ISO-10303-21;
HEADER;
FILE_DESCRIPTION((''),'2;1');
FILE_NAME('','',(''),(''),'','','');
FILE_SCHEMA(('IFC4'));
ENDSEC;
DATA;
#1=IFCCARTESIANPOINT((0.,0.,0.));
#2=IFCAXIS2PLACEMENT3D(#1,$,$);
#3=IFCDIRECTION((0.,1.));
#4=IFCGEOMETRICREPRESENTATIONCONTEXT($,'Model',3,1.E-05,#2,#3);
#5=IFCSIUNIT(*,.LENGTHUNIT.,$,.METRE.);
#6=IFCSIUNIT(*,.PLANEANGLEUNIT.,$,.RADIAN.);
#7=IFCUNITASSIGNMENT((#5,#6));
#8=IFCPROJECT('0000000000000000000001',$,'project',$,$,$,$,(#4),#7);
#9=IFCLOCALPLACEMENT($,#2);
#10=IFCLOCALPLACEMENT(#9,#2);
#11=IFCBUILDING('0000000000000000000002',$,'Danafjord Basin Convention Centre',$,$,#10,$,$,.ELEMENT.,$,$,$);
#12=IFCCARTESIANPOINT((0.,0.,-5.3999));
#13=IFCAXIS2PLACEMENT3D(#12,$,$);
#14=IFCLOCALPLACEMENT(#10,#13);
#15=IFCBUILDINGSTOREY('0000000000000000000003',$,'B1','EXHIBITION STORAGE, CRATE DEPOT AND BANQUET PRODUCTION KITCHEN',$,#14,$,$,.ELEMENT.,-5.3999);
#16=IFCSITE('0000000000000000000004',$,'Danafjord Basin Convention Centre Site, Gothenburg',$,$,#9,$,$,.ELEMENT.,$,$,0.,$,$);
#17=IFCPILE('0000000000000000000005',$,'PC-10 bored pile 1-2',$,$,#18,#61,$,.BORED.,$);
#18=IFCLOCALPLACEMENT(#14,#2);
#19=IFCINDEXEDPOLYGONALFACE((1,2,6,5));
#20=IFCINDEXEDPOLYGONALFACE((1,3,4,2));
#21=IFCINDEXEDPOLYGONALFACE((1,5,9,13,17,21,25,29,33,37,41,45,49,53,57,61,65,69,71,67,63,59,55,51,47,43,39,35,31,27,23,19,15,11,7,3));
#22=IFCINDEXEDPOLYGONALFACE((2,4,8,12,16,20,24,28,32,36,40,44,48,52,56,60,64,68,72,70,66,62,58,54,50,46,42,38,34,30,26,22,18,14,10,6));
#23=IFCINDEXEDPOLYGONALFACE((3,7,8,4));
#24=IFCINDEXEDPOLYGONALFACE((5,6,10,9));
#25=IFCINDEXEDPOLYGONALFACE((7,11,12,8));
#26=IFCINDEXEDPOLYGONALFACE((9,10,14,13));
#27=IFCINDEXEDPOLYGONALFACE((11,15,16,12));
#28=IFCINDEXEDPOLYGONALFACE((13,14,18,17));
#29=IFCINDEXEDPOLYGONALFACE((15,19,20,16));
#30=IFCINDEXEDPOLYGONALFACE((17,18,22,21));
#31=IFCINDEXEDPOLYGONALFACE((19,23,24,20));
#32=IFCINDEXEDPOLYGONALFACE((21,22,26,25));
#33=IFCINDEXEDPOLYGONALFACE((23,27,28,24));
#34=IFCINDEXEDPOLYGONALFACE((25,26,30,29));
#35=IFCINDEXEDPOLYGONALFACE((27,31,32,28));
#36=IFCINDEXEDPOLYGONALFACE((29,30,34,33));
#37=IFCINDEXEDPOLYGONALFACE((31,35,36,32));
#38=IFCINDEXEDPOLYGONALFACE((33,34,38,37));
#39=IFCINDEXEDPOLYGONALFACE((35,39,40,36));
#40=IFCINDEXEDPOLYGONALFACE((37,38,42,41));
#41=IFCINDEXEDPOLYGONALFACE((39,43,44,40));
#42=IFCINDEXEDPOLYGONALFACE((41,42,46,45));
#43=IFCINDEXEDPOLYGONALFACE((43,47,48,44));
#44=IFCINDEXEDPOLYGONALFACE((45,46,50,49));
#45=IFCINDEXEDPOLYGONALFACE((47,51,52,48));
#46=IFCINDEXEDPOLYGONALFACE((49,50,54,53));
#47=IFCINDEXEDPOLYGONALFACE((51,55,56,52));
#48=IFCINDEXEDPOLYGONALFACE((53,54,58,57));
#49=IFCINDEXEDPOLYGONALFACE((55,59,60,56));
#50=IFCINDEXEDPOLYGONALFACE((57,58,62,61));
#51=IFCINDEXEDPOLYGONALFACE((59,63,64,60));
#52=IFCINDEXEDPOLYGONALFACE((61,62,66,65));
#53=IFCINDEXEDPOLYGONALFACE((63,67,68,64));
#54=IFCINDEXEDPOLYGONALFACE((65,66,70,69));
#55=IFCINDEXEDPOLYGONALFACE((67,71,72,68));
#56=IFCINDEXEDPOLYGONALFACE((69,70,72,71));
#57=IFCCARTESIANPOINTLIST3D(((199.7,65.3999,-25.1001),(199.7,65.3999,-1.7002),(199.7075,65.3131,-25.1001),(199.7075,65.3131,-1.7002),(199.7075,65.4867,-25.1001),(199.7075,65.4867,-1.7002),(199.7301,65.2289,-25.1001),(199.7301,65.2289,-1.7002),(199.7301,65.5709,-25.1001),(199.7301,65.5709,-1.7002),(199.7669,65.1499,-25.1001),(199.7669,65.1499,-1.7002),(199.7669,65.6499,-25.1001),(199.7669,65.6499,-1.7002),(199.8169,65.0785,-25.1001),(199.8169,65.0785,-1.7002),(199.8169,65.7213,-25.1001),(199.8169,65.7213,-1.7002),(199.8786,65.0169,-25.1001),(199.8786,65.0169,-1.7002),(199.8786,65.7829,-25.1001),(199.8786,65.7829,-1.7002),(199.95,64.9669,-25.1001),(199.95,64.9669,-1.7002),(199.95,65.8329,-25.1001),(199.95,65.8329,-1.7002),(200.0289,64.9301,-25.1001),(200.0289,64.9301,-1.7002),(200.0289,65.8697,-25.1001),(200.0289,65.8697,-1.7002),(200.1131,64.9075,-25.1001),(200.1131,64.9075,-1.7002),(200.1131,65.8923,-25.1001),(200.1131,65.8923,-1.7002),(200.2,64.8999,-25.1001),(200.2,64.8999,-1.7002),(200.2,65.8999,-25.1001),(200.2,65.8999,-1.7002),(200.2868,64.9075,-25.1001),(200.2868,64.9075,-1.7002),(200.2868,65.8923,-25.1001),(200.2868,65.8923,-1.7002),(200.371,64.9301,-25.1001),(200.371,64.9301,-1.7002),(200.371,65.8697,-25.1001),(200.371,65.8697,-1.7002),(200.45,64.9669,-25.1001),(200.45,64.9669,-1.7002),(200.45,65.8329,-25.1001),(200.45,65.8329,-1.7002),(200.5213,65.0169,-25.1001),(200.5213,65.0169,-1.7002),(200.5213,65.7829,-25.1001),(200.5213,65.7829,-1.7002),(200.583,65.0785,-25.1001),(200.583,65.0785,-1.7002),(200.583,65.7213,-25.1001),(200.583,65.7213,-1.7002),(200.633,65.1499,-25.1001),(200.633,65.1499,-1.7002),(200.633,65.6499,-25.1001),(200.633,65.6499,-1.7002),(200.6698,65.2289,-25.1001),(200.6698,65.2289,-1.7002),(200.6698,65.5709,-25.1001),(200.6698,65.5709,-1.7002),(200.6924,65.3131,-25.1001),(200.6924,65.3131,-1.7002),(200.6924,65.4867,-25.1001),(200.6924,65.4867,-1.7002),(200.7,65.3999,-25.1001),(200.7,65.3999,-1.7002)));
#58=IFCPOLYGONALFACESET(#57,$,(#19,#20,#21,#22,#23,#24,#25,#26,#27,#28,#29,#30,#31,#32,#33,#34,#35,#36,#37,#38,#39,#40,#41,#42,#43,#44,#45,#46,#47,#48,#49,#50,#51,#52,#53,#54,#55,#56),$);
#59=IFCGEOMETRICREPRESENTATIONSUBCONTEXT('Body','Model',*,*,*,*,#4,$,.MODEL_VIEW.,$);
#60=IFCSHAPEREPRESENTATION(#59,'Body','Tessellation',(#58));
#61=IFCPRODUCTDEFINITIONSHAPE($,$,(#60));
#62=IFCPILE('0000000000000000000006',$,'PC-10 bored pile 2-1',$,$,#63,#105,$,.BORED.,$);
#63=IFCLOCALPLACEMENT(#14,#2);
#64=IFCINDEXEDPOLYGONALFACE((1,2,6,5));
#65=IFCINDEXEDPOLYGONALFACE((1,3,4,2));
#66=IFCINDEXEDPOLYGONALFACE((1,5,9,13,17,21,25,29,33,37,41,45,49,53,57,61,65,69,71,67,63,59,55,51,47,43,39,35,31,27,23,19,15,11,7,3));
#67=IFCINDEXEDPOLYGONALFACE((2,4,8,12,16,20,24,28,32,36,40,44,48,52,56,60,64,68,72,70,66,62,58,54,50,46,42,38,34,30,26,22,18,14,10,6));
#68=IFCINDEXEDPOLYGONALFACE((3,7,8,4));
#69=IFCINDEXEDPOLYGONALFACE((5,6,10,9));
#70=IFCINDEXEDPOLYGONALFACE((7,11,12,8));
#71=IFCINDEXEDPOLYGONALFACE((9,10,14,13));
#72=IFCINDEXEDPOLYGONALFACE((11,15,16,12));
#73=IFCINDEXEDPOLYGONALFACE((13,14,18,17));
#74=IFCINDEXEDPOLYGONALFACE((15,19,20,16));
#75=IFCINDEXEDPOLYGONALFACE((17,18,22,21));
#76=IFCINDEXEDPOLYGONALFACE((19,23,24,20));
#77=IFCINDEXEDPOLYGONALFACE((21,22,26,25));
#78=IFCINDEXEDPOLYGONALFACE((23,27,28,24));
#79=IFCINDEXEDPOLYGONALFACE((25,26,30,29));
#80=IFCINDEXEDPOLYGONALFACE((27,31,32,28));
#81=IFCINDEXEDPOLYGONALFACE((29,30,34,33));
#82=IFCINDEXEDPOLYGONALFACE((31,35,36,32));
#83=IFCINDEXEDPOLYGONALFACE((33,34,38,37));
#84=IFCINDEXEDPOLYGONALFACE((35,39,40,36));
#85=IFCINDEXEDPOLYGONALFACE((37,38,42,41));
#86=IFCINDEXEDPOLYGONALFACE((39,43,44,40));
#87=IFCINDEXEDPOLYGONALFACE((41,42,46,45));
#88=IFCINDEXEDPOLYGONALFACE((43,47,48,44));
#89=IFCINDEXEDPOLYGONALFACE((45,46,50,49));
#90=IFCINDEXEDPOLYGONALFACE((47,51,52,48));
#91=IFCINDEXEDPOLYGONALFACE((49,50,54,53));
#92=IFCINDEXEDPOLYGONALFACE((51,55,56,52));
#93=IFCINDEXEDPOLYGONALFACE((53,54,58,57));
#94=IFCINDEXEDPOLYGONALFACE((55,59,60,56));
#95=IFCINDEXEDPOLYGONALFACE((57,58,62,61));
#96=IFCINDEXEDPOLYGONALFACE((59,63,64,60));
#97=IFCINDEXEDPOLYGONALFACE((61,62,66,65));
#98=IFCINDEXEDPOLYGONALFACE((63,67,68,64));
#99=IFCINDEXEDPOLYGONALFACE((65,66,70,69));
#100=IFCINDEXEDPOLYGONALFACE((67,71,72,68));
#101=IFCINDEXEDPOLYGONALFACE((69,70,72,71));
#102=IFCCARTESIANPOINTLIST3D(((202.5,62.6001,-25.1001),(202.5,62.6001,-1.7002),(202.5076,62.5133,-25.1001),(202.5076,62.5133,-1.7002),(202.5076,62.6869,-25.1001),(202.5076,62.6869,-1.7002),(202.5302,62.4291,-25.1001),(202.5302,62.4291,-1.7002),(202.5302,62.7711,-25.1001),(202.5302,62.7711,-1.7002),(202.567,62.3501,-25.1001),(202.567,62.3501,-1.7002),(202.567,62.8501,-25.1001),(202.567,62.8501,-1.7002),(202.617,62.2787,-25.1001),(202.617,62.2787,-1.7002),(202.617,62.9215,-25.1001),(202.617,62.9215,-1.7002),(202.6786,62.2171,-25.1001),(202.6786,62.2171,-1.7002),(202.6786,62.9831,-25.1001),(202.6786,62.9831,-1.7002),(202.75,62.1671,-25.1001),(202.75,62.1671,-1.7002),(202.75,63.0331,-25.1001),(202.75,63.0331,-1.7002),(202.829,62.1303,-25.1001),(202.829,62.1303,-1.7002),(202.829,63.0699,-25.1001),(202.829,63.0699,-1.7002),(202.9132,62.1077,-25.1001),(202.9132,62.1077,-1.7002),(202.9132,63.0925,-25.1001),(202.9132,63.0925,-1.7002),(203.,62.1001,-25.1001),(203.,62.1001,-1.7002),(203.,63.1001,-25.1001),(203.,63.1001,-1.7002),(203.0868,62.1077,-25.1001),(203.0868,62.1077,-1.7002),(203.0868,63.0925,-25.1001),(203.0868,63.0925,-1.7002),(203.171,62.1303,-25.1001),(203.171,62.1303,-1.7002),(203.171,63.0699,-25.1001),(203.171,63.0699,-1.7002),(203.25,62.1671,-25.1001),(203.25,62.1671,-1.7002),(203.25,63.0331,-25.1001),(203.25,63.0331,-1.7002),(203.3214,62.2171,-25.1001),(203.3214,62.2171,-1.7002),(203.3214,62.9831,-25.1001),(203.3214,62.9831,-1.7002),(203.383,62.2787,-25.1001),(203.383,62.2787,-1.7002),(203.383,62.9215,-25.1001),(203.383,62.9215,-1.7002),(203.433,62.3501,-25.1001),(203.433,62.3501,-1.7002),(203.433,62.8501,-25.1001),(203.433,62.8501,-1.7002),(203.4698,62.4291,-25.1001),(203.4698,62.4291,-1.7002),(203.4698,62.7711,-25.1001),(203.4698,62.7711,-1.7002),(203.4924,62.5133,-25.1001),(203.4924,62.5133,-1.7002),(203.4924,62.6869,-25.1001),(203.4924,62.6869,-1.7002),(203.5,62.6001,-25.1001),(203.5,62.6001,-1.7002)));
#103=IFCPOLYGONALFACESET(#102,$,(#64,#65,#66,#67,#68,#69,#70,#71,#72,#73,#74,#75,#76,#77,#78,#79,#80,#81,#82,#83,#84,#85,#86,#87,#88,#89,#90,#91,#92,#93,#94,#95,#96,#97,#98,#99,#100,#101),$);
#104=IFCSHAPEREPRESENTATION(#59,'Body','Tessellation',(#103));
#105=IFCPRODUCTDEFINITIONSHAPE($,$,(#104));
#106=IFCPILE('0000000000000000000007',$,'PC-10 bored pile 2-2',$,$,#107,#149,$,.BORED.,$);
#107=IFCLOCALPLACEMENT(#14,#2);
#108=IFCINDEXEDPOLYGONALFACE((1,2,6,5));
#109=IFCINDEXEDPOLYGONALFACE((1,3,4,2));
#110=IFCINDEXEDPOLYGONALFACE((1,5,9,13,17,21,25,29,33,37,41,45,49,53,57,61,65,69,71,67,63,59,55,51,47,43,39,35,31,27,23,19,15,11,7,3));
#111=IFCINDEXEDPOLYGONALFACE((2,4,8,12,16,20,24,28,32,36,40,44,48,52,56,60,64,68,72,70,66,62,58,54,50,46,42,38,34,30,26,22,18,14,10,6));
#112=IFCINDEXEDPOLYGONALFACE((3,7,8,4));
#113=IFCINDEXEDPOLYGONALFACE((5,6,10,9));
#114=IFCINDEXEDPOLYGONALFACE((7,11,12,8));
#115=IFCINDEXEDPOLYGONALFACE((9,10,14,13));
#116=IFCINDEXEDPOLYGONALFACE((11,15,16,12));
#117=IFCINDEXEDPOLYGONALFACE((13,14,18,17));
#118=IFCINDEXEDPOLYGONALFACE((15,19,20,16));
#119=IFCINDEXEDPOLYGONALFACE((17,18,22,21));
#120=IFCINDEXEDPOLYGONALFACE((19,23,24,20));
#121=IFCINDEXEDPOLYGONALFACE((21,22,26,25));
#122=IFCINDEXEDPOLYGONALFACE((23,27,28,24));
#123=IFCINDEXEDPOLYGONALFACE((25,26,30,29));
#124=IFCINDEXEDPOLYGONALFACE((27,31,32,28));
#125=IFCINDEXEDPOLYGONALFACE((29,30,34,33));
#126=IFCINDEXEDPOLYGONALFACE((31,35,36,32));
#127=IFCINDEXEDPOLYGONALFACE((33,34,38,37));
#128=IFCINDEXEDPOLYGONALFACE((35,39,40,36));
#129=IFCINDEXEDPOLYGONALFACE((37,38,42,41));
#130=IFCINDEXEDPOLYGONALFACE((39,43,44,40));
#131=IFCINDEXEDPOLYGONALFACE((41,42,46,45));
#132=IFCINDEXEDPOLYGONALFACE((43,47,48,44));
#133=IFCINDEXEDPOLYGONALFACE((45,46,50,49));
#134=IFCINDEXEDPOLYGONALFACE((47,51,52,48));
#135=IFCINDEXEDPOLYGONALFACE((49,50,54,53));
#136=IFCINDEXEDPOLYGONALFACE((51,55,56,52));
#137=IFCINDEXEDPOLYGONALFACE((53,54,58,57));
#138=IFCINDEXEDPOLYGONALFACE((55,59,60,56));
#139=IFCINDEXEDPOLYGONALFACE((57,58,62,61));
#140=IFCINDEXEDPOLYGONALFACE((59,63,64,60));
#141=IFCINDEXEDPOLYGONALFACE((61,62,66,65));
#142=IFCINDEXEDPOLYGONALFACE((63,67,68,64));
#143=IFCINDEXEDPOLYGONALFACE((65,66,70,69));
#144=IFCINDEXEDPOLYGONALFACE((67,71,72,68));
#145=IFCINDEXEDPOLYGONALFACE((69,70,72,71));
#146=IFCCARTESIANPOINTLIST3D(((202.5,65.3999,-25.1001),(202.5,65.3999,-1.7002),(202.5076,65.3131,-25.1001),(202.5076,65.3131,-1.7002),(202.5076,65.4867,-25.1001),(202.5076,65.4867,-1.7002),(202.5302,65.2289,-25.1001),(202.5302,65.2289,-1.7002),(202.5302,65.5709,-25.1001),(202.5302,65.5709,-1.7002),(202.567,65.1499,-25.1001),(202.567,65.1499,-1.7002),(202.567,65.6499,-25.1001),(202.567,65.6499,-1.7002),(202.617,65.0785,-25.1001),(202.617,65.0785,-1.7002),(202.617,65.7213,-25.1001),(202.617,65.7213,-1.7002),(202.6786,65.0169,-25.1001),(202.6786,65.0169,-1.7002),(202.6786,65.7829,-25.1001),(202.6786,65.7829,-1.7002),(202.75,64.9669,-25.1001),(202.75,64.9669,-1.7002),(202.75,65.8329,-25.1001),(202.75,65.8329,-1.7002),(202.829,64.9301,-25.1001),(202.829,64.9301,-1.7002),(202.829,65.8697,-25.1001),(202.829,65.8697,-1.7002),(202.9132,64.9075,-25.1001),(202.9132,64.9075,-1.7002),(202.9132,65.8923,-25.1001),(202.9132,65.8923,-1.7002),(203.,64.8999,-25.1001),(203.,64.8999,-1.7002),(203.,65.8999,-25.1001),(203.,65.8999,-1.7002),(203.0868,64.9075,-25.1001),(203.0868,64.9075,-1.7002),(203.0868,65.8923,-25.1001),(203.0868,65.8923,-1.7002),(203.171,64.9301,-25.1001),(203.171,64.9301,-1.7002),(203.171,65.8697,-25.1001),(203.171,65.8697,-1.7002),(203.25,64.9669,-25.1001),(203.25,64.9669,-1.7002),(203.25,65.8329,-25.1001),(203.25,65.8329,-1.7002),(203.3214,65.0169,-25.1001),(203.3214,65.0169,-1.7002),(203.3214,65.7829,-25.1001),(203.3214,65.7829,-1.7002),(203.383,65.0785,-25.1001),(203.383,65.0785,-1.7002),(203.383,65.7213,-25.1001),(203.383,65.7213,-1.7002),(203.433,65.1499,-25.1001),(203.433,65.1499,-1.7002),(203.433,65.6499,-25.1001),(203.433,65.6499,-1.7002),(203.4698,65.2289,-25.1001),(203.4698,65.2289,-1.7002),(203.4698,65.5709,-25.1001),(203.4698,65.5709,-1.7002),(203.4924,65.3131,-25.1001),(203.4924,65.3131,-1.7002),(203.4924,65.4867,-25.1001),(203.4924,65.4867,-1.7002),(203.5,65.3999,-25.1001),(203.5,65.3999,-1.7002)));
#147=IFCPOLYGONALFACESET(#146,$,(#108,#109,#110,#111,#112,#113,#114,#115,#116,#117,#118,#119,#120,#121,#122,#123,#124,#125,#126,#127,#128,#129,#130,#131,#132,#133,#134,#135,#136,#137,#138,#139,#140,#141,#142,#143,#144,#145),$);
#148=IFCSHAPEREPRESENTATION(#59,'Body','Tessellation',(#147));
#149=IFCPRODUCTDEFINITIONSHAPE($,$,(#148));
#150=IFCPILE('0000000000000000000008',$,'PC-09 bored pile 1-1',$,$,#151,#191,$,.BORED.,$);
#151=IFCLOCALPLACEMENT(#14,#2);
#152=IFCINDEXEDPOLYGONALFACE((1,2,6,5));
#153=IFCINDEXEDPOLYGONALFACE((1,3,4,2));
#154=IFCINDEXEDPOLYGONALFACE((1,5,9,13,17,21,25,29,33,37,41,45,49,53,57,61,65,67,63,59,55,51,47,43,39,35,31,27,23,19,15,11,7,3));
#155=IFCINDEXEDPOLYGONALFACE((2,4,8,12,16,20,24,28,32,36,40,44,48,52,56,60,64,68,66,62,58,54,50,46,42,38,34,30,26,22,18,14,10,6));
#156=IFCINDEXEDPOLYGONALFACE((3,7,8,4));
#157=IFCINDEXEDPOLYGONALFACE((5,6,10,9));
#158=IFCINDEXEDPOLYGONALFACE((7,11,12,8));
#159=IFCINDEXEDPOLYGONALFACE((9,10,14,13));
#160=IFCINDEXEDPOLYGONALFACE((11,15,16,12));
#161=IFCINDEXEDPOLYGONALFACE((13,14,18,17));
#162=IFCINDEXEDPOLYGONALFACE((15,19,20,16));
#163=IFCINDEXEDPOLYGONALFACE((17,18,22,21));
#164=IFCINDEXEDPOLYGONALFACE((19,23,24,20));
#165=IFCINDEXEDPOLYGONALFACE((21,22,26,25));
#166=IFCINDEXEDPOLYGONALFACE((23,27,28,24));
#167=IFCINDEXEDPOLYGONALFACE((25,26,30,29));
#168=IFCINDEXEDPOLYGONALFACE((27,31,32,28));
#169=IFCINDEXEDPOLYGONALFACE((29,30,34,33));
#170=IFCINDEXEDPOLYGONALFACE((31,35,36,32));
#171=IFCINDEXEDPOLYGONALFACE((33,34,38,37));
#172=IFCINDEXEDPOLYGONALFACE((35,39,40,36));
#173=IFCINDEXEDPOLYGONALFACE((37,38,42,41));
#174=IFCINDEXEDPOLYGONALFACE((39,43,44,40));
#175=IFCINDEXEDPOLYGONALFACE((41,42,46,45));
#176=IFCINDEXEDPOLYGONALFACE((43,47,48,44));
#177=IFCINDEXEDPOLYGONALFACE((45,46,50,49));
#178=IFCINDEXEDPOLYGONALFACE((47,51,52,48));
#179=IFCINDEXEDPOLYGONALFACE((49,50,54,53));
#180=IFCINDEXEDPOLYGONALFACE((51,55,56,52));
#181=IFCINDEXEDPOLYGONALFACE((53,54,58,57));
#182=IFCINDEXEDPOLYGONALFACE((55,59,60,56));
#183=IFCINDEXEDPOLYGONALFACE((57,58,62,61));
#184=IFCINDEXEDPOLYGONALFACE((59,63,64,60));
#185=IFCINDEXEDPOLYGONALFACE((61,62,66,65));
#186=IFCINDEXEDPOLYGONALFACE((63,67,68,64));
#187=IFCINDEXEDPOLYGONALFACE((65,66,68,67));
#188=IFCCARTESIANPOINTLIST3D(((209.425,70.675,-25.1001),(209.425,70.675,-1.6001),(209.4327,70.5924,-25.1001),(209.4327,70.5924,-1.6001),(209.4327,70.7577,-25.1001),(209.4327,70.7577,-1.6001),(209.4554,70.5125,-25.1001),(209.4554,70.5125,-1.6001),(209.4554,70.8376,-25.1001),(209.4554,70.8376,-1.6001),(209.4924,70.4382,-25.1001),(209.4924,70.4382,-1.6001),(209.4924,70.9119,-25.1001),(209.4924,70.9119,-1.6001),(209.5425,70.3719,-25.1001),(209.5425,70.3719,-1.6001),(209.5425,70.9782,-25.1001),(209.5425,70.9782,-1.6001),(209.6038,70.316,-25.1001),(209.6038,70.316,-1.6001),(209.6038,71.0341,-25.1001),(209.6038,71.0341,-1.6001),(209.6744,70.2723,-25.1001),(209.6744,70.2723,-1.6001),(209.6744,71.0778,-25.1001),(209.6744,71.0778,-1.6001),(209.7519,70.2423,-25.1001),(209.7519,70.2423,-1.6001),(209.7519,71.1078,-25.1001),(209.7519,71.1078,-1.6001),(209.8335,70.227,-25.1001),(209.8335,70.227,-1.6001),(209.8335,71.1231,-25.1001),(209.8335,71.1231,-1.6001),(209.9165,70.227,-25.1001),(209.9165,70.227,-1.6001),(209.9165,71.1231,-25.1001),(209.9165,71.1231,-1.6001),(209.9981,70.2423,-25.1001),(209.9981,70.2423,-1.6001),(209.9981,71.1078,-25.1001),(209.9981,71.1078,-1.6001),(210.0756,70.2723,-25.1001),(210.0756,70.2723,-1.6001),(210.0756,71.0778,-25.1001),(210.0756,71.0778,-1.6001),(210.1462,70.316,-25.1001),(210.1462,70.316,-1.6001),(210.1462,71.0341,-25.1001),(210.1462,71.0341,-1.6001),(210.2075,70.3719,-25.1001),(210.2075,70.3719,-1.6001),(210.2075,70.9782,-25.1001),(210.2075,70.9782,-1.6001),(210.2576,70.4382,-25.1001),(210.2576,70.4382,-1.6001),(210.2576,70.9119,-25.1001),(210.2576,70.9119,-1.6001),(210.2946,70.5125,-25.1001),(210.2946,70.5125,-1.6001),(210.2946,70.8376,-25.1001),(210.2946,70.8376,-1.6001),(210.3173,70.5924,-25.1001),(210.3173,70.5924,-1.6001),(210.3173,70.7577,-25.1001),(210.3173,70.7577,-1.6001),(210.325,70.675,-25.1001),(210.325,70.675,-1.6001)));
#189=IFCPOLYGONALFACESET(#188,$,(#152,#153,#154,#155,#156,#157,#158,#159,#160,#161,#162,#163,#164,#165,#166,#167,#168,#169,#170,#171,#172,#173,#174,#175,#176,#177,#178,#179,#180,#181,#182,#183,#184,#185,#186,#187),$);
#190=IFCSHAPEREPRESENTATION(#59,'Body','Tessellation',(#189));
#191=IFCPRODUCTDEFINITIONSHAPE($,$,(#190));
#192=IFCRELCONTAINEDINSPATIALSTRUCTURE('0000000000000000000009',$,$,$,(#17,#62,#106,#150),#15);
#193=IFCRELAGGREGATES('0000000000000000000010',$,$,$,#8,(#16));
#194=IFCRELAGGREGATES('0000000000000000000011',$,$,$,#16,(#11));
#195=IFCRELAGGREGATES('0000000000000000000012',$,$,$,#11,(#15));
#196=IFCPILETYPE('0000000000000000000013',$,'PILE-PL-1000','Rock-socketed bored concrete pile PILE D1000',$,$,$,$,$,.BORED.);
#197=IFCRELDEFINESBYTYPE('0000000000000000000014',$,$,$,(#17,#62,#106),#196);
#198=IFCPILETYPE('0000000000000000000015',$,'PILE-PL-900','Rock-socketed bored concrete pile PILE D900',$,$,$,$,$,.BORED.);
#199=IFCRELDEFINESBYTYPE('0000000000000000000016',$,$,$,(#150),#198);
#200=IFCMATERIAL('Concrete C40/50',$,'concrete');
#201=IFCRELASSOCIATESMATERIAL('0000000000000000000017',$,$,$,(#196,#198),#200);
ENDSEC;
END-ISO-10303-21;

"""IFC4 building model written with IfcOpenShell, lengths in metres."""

from ifc_helpers import new_model, si_unit, direction, frame, origin, origin_2d, place, context, subcontext, project, spatial, circle, extrude, material, material_profile, profile_set, type_object, element, save


model = new_model("IFC4")

# Units and contexts
model_context = context("Model", 3, precision=1e-05, world=origin(), true_north=direction((0.0, 1.0)))
body_context = subcontext(model_context, "Body", "Model", "MODEL_VIEW")
ifc_project = project(units=[si_unit("LENGTHUNIT", "METRE"), si_unit("PLANEANGLEUNIT", "RADIAN")], contexts=[model_context])

# Site, building, storey
site_placement = place(None, origin())
site = spatial("IfcSite", under=ifc_project, at=site_placement, Name="Danafjord Basin Convention Centre Site, Gothenburg", CompositionType="ELEMENT", RefElevation=0.0)
building_placement = place(site_placement, origin())
building = spatial("IfcBuilding", under=site, at=building_placement, Name="Danafjord Basin Convention Centre", CompositionType="ELEMENT")
storey_placement = place(building_placement, frame((0.0, 0.0, -5.3999)))
storey = spatial("IfcBuildingStorey", under=building, at=storey_placement, Name="B1", Description="EXHIBITION STORAGE, CRATE DEPOT AND BANQUET PRODUCTION KITCHEN", CompositionType="ELEMENT", Elevation=-5.3999)

# Shared definitions
ifc_material_1 = material(Name="Concrete C40/50", Category="concrete")

# Piles
ifc_material_profile_1 = material_profile(ifc_material_1, circle(Radius=0.5, at=origin_2d()), Name="PILE D1000")
ifc_profile_set_1 = profile_set([ifc_material_profile_1], Name="Concrete C40/50")
pile_type_1 = type_object("IfcPileType", Name="PILE-PL-1000", Description="Rock-socketed bored concrete pile PILE D1000", PredefinedType="BORED", material=ifc_profile_set_1)
for number, where, z_axis, x_axis, name in (
    (1, (200.2, 65.3999, -1.7002), (0.0, 0.0, -1.0), (1.0, 0.0, 0.0), "PC-10 bored pile 1-2"),
    (2, (203.0, 62.6001, -1.7002), (0.0, 0.0, -1.0), (1.0, 0.0, 0.0), "PC-10 bored pile 2-1"),
    (3, (203.0, 65.3999, -1.7002), (0.0, 0.0, -1.0), (1.0, 0.0, 0.0), "PC-10 bored pile 2-2"),
):
    element("IfcPile", number, at=place(storey_placement, frame(where, z_axis=z_axis, x_axis=x_axis)), inside=storey, type_object=pile_type_1, Name=name, PredefinedType="BORED", context=body_context, shape_type="SweptSolid", body=[
        extrude(circle(Radius=0.5, at=origin_2d()), origin(), (0.0, 0.0, 1.0), 23.3999),
    ])
ifc_material_profile_2 = material_profile(ifc_material_1, circle(Radius=0.45, at=origin_2d()), Name="PILE D900")
ifc_profile_set_2 = profile_set([ifc_material_profile_2], Name="Concrete C40/50")
pile_type_2 = type_object("IfcPileType", Name="PILE-PL-900", Description="Rock-socketed bored concrete pile PILE D900", PredefinedType="BORED", material=ifc_profile_set_2)
for number, where, z_axis, x_axis, name in (
    (4, (209.875, 70.675, -1.6001), (0.0, 0.0, -1.0), (1.0, 0.0, 0.0), "PC-09 bored pile 1-1"),
):
    element("IfcPile", number, at=place(storey_placement, frame(where, z_axis=z_axis, x_axis=x_axis)), inside=storey, type_object=pile_type_2, Name=name, PredefinedType="BORED", context=body_context, shape_type="SweptSolid", body=[
        extrude(circle(Radius=0.45, at=origin_2d()), origin(), (0.0, 0.0, 1.0), 23.5),
    ])

save(model, "model.ifc")
